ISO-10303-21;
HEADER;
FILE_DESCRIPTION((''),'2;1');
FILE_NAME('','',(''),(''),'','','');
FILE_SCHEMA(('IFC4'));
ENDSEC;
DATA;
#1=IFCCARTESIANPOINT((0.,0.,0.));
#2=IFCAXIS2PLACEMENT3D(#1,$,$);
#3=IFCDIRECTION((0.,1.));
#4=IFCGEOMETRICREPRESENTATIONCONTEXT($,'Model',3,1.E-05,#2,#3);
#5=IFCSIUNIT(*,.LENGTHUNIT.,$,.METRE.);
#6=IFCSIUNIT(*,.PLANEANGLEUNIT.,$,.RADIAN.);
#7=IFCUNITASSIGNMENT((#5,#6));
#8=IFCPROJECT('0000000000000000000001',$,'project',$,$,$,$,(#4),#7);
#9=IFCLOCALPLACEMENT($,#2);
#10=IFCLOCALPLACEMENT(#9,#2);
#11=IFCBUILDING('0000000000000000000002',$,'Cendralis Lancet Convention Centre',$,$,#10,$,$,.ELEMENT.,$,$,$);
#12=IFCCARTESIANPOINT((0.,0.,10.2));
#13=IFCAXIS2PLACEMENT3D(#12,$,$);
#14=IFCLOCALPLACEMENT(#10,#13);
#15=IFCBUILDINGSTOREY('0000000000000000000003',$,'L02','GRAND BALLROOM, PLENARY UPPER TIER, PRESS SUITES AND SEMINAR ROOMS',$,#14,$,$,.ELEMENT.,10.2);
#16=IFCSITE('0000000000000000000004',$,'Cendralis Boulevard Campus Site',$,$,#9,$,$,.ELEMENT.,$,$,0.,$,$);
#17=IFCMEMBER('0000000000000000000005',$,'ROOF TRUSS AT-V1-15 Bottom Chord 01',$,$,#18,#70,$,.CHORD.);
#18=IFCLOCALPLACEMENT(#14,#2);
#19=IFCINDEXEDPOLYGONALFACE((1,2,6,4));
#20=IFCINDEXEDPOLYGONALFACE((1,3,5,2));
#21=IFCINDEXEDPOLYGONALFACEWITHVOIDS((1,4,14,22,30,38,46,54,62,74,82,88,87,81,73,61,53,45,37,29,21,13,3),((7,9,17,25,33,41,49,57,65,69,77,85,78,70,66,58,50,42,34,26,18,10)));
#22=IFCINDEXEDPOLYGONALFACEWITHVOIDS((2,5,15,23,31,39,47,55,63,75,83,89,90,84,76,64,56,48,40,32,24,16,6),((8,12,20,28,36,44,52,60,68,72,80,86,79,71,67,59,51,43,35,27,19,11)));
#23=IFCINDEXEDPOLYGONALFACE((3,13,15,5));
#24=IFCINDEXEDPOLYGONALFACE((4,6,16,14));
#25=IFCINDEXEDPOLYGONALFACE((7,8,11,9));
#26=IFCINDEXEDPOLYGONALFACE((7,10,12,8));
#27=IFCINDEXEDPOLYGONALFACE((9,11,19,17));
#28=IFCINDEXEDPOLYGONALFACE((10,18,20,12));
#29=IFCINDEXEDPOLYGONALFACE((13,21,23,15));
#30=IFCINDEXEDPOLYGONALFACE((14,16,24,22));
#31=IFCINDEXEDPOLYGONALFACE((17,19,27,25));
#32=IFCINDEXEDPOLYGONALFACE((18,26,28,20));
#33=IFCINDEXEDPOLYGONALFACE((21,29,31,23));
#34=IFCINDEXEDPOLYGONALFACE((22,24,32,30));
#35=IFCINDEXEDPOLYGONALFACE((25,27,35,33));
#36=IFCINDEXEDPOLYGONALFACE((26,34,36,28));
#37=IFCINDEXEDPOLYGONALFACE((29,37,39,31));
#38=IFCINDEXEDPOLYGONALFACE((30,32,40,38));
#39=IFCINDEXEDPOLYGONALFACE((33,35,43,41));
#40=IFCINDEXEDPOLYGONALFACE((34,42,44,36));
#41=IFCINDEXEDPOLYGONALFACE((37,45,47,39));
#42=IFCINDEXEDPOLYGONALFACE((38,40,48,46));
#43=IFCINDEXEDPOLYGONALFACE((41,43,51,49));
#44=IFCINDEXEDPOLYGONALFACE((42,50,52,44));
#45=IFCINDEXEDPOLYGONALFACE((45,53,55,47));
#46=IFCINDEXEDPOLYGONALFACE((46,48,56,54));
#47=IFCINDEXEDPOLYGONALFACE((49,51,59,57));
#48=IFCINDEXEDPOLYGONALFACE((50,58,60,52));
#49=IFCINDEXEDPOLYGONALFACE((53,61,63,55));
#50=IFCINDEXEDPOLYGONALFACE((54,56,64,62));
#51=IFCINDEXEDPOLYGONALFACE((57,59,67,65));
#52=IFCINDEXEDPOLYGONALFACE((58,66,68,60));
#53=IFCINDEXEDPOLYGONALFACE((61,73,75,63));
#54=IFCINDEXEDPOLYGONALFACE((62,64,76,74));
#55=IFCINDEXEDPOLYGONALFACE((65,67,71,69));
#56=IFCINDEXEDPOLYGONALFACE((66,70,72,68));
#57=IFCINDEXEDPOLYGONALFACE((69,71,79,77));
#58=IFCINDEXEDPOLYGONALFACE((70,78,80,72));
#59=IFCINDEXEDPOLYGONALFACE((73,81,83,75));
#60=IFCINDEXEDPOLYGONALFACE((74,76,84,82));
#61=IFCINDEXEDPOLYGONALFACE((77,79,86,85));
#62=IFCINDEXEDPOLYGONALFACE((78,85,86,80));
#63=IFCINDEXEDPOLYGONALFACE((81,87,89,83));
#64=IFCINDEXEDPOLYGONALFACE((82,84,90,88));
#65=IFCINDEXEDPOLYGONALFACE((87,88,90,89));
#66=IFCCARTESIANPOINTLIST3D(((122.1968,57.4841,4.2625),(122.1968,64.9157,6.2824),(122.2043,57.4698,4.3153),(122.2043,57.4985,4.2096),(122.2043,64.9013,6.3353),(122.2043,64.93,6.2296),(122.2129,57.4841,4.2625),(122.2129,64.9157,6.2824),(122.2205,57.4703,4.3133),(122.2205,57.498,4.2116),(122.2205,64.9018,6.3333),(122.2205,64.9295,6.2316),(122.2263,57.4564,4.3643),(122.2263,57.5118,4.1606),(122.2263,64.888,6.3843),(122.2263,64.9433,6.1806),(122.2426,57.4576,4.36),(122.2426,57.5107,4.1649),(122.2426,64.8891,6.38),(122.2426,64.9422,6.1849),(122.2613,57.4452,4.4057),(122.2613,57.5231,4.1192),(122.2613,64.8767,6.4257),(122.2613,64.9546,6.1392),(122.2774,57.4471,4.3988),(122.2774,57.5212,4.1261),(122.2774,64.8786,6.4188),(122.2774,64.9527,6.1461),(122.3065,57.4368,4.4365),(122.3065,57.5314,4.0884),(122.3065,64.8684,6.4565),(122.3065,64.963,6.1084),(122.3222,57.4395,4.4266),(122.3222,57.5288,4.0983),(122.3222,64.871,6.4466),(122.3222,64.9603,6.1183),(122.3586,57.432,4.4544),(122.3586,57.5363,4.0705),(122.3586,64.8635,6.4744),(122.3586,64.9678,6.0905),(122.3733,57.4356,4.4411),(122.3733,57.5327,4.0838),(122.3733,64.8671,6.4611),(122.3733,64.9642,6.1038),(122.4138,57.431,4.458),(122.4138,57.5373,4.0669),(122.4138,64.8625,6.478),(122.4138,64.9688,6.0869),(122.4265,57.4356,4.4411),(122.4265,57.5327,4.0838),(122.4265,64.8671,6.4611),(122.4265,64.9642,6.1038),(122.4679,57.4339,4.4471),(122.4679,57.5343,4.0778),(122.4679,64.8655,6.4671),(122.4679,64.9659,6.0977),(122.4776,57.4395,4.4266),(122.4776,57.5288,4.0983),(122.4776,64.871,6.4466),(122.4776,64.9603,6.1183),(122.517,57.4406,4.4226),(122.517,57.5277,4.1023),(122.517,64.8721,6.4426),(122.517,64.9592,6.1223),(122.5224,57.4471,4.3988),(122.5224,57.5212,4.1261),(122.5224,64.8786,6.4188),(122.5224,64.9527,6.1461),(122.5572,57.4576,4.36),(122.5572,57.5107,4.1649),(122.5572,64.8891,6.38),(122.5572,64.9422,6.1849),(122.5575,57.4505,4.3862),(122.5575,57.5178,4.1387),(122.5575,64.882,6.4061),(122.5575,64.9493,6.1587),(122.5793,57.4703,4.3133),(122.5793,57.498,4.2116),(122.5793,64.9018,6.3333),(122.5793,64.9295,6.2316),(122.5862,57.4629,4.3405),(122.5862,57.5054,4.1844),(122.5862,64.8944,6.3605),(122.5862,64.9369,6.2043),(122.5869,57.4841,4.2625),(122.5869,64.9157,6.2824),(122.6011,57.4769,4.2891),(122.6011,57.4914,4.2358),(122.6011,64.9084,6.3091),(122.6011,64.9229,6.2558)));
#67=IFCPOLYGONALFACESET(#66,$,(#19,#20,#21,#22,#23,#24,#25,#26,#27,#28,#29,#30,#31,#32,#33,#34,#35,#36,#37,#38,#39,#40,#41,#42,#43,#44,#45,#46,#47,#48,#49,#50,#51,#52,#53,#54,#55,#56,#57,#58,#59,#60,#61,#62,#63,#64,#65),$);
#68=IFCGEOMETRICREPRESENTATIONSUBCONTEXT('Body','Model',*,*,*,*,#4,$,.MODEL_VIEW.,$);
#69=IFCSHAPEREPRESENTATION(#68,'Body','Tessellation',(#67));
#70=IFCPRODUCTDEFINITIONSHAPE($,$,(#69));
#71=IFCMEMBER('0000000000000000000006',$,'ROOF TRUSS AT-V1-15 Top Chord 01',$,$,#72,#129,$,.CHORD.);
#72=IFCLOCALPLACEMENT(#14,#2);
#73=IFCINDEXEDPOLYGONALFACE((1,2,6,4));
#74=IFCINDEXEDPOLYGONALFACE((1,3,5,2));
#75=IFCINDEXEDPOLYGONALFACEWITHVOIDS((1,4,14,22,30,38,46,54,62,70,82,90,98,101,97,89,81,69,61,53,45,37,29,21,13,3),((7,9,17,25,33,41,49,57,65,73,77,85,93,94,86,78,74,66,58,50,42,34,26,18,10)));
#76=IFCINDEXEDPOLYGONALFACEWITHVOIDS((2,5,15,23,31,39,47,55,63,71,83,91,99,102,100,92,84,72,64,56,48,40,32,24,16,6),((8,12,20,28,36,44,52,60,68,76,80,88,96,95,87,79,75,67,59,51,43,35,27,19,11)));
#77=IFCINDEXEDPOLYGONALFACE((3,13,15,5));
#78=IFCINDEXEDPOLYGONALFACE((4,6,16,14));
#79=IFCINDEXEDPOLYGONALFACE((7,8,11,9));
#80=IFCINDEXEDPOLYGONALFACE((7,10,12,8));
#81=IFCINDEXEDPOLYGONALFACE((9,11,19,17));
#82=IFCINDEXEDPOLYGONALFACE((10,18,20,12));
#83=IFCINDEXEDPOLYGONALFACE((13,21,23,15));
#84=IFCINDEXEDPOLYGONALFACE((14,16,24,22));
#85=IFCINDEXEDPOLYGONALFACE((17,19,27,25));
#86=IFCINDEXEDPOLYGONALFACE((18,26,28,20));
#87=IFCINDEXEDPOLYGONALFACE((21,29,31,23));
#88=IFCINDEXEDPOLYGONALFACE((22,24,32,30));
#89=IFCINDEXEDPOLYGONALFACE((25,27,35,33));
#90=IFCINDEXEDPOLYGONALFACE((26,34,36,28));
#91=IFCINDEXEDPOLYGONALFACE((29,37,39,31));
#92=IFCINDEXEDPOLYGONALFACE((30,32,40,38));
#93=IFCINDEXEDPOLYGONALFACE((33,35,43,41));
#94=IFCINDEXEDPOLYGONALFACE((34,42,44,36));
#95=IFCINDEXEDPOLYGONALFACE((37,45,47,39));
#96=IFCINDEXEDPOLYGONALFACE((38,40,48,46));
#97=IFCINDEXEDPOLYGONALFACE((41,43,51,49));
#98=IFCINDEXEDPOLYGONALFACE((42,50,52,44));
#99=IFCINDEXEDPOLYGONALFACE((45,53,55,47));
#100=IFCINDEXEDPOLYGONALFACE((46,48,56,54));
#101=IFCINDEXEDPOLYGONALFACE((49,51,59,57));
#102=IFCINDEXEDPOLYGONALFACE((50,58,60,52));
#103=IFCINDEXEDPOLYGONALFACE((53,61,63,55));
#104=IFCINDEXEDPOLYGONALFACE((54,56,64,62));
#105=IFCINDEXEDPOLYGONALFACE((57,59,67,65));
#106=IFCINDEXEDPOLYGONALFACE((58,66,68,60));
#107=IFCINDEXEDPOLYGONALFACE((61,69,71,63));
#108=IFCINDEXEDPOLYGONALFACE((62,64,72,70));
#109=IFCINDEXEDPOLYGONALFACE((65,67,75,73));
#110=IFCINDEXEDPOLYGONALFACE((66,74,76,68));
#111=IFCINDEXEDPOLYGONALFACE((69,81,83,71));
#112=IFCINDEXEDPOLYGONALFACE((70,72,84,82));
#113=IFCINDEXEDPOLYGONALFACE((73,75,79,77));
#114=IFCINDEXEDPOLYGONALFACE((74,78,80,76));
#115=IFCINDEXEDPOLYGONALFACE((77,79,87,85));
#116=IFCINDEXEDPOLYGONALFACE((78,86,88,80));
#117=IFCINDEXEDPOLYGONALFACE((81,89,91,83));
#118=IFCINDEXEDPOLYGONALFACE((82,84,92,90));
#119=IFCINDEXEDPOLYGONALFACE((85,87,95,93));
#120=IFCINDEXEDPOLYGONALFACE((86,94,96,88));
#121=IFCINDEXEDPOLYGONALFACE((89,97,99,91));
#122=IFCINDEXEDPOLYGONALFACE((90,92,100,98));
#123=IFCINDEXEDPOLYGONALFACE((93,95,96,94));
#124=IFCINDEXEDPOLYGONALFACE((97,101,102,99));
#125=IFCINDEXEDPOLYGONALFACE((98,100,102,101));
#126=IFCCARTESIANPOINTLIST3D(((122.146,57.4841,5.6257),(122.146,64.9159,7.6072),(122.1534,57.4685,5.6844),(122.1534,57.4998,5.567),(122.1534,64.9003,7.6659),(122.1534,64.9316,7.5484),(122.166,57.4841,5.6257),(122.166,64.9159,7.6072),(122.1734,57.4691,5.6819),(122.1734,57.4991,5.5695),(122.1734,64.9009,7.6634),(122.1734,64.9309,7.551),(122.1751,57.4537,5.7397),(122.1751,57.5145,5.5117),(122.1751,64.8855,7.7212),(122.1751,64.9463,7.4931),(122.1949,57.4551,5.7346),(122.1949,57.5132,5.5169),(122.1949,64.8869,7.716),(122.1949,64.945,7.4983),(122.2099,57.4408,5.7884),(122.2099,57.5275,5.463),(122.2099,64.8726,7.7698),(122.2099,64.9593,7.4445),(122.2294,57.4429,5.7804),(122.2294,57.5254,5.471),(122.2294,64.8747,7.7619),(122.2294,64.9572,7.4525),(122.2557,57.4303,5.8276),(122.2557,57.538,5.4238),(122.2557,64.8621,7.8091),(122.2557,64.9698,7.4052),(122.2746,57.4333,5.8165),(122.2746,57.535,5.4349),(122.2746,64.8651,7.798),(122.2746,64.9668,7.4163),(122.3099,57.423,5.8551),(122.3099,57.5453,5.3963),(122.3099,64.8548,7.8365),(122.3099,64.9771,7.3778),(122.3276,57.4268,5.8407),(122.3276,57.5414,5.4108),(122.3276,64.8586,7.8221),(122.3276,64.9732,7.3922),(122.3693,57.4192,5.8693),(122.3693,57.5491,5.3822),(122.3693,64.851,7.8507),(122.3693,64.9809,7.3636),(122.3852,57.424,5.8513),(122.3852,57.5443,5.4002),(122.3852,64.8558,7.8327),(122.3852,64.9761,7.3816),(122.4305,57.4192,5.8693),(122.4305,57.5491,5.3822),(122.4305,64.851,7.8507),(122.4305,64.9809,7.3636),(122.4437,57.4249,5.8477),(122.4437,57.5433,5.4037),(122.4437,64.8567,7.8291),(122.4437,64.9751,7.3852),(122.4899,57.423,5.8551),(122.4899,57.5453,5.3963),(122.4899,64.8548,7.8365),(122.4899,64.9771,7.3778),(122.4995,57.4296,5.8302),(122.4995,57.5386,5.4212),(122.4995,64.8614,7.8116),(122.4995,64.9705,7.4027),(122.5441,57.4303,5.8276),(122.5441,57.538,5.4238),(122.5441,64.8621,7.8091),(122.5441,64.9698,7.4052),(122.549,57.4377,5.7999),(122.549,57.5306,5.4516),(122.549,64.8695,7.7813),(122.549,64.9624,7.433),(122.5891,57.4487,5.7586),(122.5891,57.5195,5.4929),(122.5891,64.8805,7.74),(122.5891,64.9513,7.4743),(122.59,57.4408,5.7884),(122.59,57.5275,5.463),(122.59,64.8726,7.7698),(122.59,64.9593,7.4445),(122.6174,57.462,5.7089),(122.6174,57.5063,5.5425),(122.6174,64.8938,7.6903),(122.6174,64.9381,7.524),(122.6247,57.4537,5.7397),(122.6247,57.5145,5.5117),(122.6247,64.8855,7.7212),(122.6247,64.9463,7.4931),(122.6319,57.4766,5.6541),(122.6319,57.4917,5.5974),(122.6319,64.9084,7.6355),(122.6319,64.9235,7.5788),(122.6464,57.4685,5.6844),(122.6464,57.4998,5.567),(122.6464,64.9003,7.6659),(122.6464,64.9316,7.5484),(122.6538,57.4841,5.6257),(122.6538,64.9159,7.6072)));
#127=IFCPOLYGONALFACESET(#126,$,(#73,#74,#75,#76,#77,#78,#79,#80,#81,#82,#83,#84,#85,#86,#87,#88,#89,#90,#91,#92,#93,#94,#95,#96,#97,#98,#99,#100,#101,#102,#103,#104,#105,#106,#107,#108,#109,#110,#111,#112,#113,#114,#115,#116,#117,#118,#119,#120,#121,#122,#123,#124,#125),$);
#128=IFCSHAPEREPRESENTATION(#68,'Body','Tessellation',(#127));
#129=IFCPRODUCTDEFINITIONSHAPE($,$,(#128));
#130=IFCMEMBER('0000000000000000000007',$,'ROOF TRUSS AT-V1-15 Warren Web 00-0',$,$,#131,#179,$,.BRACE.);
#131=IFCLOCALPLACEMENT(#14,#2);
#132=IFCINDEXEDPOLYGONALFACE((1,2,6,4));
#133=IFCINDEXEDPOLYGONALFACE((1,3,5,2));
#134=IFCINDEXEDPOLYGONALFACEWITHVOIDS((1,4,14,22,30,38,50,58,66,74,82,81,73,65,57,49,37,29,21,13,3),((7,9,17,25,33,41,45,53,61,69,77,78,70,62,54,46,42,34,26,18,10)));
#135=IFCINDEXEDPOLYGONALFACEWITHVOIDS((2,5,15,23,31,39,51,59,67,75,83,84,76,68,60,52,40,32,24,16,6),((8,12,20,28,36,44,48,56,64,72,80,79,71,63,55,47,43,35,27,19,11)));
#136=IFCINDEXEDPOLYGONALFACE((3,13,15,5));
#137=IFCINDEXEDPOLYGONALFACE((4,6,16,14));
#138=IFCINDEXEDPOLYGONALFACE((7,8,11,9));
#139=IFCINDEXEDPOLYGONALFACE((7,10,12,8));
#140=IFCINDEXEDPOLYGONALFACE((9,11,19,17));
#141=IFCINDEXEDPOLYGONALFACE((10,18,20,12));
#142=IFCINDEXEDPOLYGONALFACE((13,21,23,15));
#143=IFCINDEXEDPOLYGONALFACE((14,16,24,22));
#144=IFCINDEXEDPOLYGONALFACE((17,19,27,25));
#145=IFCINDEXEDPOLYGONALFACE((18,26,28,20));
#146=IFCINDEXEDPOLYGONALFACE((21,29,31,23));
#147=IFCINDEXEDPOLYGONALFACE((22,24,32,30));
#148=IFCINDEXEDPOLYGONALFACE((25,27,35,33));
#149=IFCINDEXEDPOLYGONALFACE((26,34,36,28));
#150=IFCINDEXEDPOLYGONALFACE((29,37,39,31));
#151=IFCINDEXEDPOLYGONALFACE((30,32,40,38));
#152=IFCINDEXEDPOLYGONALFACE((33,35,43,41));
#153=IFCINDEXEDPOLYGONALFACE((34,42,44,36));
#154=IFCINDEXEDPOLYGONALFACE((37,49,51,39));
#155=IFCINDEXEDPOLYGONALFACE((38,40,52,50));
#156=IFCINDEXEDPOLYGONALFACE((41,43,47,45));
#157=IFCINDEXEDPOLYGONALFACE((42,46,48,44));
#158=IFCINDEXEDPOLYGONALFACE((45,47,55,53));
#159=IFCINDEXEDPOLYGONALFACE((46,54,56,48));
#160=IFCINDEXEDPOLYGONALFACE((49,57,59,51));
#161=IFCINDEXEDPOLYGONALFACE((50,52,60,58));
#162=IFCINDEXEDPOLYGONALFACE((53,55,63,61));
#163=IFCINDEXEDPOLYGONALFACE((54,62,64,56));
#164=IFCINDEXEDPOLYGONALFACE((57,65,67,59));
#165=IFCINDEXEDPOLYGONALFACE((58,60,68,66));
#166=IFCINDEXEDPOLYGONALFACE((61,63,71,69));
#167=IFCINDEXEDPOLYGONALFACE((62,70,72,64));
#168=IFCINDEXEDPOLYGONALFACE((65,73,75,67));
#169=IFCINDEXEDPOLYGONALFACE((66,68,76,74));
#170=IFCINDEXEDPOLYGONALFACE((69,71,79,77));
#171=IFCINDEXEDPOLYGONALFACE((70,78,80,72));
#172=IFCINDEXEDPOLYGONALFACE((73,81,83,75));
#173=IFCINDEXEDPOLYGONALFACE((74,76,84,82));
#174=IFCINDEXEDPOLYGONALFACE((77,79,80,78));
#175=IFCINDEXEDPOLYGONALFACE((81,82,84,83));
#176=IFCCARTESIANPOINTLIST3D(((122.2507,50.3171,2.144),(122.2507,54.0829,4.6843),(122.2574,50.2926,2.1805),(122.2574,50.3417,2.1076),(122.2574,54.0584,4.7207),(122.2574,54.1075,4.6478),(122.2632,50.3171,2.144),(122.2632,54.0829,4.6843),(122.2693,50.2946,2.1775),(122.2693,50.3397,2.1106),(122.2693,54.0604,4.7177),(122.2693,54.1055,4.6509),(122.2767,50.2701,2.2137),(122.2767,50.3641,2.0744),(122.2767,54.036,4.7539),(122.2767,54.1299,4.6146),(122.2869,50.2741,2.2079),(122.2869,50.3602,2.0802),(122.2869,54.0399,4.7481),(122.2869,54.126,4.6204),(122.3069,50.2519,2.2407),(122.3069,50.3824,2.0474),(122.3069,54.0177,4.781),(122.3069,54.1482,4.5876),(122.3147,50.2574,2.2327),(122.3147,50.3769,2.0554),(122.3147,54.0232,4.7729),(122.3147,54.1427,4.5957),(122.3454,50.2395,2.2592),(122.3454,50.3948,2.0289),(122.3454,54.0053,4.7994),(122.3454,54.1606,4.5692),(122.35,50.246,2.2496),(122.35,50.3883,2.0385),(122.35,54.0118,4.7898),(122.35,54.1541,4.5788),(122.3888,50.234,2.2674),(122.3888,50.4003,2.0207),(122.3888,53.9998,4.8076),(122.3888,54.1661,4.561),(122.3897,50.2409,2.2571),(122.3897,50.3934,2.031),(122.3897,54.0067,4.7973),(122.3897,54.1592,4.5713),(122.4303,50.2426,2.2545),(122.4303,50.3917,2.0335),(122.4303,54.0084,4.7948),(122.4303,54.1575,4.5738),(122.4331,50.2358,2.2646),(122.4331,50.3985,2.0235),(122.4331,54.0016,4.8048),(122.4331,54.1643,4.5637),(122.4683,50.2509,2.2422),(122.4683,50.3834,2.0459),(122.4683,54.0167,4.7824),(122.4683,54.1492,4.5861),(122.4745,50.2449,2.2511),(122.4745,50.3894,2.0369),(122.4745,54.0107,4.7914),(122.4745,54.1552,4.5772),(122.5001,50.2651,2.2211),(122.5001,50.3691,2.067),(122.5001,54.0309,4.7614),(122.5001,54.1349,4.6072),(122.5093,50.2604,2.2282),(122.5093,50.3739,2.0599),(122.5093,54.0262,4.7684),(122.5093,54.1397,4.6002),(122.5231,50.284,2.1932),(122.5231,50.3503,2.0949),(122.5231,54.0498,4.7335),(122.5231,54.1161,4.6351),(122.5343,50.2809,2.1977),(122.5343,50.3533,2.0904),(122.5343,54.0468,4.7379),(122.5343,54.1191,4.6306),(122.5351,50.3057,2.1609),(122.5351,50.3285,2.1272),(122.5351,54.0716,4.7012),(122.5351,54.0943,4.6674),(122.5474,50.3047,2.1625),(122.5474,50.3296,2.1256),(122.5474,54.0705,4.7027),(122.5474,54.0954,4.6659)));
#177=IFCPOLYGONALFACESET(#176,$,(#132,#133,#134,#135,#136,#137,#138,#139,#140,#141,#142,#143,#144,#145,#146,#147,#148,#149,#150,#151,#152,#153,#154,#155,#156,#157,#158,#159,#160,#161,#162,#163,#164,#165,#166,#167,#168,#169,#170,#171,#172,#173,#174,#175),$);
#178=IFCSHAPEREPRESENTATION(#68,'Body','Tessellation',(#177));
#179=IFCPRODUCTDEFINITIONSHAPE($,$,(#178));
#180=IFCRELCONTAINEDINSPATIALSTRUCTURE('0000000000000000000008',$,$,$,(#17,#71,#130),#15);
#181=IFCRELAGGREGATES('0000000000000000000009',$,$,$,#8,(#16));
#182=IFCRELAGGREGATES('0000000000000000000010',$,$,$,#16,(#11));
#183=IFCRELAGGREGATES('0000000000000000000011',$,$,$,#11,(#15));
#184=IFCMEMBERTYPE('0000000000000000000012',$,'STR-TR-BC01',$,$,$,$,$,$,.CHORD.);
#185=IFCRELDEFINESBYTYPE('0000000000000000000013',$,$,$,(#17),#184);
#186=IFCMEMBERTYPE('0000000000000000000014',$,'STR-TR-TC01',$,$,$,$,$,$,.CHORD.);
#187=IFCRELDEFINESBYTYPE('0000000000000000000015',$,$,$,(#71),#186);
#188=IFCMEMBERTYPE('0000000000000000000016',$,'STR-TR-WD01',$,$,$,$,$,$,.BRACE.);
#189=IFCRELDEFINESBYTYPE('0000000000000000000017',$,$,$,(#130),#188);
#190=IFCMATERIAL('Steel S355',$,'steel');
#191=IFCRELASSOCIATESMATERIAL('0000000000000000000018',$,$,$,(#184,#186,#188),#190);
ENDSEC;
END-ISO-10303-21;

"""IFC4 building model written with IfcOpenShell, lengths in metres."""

from ifc_helpers import new_model, si_unit, direction, frame, origin, origin_2d, place, context, subcontext, project, spatial, hollow_circle, extrude, material, material_profile, profile_set, type_object, element, save


model = new_model("IFC4")

# Units and contexts
model_context = context("Model", 3, precision=1e-05, world=origin(), true_north=direction((0.0, 1.0)))
body_context = subcontext(model_context, "Body", "Model", "MODEL_VIEW")
ifc_project = project(units=[si_unit("LENGTHUNIT", "METRE"), si_unit("PLANEANGLEUNIT", "RADIAN")], contexts=[model_context])

# Site, building, storey
site_placement = place(None, origin())
site = spatial("IfcSite", under=ifc_project, at=site_placement, Name="Cendralis Boulevard Campus Site", CompositionType="ELEMENT", RefElevation=0.0)
building_placement = place(site_placement, origin())
building = spatial("IfcBuilding", under=site, at=building_placement, Name="Cendralis Lancet Convention Centre", CompositionType="ELEMENT")
storey_placement = place(building_placement, frame((0.0, 0.0, 10.2)))
storey = spatial("IfcBuildingStorey", under=building, at=storey_placement, Name="L02", Description="GRAND BALLROOM, PLENARY UPPER TIER, PRESS SUITES AND SEMINAR ROOMS", CompositionType="ELEMENT", Elevation=10.2)

# Shared definitions
ifc_material_1 = material(Name="Steel S355", Category="steel")

# Members
ifc_material_profile_1 = material_profile(ifc_material_1, hollow_circle(Radius=0.2031, WallThickness=0.0161, at=origin_2d()), Name="CHS 406.4x16.0")
ifc_profile_set_1 = profile_set([ifc_material_profile_1], Name="Steel S355")
member_type_1 = type_object("IfcMemberType", Name="STR-TR-BC01", PredefinedType="CHORD", material=ifc_profile_set_1)
member_1_placement = place(storey_placement, frame((122.3999, 57.4841, 4.2625), z_axis=(0.0, 0.964987, 0.262296), x_axis=(-1.0, 0.0, 0.0)))
element("IfcMember", 1, at=member_1_placement, inside=storey, type_object=member_type_1, Name="ROOF TRUSS AT-V1-15 Bottom Chord 01", PredefinedType="CHORD", context=body_context, shape_type="SweptSolid", body=[
    extrude(hollow_circle(Radius=0.2031, WallThickness=0.0161, at=origin_2d()), origin(), (0.0, 0.0, 1.0), 7.7012),
])
ifc_material_profile_2 = material_profile(ifc_material_1, hollow_circle(Radius=0.2539, WallThickness=0.02, at=origin_2d()), Name="CHS 508.0x20.0")
ifc_profile_set_2 = profile_set([ifc_material_profile_2], Name="Steel S355")
member_type_2 = type_object("IfcMemberType", Name="STR-TR-TC01", PredefinedType="CHORD", material=ifc_profile_set_2)
member_2_placement = place(storey_placement, frame((122.3999, 57.4841, 5.6257), z_axis=(0.0, 0.966248, 0.257615), x_axis=(-1.0, 0.0, 0.0)))
element("IfcMember", 2, at=member_2_placement, inside=storey, type_object=member_type_2, Name="ROOF TRUSS AT-V1-15 Top Chord 01", PredefinedType="CHORD", context=body_context, shape_type="SweptSolid", body=[
    extrude(hollow_circle(Radius=0.2539, WallThickness=0.02, at=origin_2d()), origin(), (0.0, 0.0, 1.0), 7.6914),
])
ifc_material_profile_3 = material_profile(ifc_material_1, hollow_circle(Radius=0.1492, WallThickness=0.0125, at=origin_2d()), Name="CHS 298.5x12.5")
ifc_profile_set_3 = profile_set([ifc_material_profile_3], Name="Steel S355")
member_type_3 = type_object("IfcMemberType", Name="STR-TR-WD01", PredefinedType="BRACE", material=ifc_profile_set_3)
member_3_placement = place(storey_placement, frame((122.3999, 50.3171, 2.144), z_axis=(0.0, 0.82902, 0.559219), x_axis=(-1.0, 0.0, 0.0)))
element("IfcMember", 3, at=member_3_placement, inside=storey, type_object=member_type_3, Name="ROOF TRUSS AT-V1-15 Warren Web 00-0", PredefinedType="BRACE", context=body_context, shape_type="SweptSolid", body=[
    extrude(hollow_circle(Radius=0.1492, WallThickness=0.0125, at=origin_2d()), origin(), (0.0, 0.0, 1.0), 4.5425),
])

save(model, "model.ifc")
